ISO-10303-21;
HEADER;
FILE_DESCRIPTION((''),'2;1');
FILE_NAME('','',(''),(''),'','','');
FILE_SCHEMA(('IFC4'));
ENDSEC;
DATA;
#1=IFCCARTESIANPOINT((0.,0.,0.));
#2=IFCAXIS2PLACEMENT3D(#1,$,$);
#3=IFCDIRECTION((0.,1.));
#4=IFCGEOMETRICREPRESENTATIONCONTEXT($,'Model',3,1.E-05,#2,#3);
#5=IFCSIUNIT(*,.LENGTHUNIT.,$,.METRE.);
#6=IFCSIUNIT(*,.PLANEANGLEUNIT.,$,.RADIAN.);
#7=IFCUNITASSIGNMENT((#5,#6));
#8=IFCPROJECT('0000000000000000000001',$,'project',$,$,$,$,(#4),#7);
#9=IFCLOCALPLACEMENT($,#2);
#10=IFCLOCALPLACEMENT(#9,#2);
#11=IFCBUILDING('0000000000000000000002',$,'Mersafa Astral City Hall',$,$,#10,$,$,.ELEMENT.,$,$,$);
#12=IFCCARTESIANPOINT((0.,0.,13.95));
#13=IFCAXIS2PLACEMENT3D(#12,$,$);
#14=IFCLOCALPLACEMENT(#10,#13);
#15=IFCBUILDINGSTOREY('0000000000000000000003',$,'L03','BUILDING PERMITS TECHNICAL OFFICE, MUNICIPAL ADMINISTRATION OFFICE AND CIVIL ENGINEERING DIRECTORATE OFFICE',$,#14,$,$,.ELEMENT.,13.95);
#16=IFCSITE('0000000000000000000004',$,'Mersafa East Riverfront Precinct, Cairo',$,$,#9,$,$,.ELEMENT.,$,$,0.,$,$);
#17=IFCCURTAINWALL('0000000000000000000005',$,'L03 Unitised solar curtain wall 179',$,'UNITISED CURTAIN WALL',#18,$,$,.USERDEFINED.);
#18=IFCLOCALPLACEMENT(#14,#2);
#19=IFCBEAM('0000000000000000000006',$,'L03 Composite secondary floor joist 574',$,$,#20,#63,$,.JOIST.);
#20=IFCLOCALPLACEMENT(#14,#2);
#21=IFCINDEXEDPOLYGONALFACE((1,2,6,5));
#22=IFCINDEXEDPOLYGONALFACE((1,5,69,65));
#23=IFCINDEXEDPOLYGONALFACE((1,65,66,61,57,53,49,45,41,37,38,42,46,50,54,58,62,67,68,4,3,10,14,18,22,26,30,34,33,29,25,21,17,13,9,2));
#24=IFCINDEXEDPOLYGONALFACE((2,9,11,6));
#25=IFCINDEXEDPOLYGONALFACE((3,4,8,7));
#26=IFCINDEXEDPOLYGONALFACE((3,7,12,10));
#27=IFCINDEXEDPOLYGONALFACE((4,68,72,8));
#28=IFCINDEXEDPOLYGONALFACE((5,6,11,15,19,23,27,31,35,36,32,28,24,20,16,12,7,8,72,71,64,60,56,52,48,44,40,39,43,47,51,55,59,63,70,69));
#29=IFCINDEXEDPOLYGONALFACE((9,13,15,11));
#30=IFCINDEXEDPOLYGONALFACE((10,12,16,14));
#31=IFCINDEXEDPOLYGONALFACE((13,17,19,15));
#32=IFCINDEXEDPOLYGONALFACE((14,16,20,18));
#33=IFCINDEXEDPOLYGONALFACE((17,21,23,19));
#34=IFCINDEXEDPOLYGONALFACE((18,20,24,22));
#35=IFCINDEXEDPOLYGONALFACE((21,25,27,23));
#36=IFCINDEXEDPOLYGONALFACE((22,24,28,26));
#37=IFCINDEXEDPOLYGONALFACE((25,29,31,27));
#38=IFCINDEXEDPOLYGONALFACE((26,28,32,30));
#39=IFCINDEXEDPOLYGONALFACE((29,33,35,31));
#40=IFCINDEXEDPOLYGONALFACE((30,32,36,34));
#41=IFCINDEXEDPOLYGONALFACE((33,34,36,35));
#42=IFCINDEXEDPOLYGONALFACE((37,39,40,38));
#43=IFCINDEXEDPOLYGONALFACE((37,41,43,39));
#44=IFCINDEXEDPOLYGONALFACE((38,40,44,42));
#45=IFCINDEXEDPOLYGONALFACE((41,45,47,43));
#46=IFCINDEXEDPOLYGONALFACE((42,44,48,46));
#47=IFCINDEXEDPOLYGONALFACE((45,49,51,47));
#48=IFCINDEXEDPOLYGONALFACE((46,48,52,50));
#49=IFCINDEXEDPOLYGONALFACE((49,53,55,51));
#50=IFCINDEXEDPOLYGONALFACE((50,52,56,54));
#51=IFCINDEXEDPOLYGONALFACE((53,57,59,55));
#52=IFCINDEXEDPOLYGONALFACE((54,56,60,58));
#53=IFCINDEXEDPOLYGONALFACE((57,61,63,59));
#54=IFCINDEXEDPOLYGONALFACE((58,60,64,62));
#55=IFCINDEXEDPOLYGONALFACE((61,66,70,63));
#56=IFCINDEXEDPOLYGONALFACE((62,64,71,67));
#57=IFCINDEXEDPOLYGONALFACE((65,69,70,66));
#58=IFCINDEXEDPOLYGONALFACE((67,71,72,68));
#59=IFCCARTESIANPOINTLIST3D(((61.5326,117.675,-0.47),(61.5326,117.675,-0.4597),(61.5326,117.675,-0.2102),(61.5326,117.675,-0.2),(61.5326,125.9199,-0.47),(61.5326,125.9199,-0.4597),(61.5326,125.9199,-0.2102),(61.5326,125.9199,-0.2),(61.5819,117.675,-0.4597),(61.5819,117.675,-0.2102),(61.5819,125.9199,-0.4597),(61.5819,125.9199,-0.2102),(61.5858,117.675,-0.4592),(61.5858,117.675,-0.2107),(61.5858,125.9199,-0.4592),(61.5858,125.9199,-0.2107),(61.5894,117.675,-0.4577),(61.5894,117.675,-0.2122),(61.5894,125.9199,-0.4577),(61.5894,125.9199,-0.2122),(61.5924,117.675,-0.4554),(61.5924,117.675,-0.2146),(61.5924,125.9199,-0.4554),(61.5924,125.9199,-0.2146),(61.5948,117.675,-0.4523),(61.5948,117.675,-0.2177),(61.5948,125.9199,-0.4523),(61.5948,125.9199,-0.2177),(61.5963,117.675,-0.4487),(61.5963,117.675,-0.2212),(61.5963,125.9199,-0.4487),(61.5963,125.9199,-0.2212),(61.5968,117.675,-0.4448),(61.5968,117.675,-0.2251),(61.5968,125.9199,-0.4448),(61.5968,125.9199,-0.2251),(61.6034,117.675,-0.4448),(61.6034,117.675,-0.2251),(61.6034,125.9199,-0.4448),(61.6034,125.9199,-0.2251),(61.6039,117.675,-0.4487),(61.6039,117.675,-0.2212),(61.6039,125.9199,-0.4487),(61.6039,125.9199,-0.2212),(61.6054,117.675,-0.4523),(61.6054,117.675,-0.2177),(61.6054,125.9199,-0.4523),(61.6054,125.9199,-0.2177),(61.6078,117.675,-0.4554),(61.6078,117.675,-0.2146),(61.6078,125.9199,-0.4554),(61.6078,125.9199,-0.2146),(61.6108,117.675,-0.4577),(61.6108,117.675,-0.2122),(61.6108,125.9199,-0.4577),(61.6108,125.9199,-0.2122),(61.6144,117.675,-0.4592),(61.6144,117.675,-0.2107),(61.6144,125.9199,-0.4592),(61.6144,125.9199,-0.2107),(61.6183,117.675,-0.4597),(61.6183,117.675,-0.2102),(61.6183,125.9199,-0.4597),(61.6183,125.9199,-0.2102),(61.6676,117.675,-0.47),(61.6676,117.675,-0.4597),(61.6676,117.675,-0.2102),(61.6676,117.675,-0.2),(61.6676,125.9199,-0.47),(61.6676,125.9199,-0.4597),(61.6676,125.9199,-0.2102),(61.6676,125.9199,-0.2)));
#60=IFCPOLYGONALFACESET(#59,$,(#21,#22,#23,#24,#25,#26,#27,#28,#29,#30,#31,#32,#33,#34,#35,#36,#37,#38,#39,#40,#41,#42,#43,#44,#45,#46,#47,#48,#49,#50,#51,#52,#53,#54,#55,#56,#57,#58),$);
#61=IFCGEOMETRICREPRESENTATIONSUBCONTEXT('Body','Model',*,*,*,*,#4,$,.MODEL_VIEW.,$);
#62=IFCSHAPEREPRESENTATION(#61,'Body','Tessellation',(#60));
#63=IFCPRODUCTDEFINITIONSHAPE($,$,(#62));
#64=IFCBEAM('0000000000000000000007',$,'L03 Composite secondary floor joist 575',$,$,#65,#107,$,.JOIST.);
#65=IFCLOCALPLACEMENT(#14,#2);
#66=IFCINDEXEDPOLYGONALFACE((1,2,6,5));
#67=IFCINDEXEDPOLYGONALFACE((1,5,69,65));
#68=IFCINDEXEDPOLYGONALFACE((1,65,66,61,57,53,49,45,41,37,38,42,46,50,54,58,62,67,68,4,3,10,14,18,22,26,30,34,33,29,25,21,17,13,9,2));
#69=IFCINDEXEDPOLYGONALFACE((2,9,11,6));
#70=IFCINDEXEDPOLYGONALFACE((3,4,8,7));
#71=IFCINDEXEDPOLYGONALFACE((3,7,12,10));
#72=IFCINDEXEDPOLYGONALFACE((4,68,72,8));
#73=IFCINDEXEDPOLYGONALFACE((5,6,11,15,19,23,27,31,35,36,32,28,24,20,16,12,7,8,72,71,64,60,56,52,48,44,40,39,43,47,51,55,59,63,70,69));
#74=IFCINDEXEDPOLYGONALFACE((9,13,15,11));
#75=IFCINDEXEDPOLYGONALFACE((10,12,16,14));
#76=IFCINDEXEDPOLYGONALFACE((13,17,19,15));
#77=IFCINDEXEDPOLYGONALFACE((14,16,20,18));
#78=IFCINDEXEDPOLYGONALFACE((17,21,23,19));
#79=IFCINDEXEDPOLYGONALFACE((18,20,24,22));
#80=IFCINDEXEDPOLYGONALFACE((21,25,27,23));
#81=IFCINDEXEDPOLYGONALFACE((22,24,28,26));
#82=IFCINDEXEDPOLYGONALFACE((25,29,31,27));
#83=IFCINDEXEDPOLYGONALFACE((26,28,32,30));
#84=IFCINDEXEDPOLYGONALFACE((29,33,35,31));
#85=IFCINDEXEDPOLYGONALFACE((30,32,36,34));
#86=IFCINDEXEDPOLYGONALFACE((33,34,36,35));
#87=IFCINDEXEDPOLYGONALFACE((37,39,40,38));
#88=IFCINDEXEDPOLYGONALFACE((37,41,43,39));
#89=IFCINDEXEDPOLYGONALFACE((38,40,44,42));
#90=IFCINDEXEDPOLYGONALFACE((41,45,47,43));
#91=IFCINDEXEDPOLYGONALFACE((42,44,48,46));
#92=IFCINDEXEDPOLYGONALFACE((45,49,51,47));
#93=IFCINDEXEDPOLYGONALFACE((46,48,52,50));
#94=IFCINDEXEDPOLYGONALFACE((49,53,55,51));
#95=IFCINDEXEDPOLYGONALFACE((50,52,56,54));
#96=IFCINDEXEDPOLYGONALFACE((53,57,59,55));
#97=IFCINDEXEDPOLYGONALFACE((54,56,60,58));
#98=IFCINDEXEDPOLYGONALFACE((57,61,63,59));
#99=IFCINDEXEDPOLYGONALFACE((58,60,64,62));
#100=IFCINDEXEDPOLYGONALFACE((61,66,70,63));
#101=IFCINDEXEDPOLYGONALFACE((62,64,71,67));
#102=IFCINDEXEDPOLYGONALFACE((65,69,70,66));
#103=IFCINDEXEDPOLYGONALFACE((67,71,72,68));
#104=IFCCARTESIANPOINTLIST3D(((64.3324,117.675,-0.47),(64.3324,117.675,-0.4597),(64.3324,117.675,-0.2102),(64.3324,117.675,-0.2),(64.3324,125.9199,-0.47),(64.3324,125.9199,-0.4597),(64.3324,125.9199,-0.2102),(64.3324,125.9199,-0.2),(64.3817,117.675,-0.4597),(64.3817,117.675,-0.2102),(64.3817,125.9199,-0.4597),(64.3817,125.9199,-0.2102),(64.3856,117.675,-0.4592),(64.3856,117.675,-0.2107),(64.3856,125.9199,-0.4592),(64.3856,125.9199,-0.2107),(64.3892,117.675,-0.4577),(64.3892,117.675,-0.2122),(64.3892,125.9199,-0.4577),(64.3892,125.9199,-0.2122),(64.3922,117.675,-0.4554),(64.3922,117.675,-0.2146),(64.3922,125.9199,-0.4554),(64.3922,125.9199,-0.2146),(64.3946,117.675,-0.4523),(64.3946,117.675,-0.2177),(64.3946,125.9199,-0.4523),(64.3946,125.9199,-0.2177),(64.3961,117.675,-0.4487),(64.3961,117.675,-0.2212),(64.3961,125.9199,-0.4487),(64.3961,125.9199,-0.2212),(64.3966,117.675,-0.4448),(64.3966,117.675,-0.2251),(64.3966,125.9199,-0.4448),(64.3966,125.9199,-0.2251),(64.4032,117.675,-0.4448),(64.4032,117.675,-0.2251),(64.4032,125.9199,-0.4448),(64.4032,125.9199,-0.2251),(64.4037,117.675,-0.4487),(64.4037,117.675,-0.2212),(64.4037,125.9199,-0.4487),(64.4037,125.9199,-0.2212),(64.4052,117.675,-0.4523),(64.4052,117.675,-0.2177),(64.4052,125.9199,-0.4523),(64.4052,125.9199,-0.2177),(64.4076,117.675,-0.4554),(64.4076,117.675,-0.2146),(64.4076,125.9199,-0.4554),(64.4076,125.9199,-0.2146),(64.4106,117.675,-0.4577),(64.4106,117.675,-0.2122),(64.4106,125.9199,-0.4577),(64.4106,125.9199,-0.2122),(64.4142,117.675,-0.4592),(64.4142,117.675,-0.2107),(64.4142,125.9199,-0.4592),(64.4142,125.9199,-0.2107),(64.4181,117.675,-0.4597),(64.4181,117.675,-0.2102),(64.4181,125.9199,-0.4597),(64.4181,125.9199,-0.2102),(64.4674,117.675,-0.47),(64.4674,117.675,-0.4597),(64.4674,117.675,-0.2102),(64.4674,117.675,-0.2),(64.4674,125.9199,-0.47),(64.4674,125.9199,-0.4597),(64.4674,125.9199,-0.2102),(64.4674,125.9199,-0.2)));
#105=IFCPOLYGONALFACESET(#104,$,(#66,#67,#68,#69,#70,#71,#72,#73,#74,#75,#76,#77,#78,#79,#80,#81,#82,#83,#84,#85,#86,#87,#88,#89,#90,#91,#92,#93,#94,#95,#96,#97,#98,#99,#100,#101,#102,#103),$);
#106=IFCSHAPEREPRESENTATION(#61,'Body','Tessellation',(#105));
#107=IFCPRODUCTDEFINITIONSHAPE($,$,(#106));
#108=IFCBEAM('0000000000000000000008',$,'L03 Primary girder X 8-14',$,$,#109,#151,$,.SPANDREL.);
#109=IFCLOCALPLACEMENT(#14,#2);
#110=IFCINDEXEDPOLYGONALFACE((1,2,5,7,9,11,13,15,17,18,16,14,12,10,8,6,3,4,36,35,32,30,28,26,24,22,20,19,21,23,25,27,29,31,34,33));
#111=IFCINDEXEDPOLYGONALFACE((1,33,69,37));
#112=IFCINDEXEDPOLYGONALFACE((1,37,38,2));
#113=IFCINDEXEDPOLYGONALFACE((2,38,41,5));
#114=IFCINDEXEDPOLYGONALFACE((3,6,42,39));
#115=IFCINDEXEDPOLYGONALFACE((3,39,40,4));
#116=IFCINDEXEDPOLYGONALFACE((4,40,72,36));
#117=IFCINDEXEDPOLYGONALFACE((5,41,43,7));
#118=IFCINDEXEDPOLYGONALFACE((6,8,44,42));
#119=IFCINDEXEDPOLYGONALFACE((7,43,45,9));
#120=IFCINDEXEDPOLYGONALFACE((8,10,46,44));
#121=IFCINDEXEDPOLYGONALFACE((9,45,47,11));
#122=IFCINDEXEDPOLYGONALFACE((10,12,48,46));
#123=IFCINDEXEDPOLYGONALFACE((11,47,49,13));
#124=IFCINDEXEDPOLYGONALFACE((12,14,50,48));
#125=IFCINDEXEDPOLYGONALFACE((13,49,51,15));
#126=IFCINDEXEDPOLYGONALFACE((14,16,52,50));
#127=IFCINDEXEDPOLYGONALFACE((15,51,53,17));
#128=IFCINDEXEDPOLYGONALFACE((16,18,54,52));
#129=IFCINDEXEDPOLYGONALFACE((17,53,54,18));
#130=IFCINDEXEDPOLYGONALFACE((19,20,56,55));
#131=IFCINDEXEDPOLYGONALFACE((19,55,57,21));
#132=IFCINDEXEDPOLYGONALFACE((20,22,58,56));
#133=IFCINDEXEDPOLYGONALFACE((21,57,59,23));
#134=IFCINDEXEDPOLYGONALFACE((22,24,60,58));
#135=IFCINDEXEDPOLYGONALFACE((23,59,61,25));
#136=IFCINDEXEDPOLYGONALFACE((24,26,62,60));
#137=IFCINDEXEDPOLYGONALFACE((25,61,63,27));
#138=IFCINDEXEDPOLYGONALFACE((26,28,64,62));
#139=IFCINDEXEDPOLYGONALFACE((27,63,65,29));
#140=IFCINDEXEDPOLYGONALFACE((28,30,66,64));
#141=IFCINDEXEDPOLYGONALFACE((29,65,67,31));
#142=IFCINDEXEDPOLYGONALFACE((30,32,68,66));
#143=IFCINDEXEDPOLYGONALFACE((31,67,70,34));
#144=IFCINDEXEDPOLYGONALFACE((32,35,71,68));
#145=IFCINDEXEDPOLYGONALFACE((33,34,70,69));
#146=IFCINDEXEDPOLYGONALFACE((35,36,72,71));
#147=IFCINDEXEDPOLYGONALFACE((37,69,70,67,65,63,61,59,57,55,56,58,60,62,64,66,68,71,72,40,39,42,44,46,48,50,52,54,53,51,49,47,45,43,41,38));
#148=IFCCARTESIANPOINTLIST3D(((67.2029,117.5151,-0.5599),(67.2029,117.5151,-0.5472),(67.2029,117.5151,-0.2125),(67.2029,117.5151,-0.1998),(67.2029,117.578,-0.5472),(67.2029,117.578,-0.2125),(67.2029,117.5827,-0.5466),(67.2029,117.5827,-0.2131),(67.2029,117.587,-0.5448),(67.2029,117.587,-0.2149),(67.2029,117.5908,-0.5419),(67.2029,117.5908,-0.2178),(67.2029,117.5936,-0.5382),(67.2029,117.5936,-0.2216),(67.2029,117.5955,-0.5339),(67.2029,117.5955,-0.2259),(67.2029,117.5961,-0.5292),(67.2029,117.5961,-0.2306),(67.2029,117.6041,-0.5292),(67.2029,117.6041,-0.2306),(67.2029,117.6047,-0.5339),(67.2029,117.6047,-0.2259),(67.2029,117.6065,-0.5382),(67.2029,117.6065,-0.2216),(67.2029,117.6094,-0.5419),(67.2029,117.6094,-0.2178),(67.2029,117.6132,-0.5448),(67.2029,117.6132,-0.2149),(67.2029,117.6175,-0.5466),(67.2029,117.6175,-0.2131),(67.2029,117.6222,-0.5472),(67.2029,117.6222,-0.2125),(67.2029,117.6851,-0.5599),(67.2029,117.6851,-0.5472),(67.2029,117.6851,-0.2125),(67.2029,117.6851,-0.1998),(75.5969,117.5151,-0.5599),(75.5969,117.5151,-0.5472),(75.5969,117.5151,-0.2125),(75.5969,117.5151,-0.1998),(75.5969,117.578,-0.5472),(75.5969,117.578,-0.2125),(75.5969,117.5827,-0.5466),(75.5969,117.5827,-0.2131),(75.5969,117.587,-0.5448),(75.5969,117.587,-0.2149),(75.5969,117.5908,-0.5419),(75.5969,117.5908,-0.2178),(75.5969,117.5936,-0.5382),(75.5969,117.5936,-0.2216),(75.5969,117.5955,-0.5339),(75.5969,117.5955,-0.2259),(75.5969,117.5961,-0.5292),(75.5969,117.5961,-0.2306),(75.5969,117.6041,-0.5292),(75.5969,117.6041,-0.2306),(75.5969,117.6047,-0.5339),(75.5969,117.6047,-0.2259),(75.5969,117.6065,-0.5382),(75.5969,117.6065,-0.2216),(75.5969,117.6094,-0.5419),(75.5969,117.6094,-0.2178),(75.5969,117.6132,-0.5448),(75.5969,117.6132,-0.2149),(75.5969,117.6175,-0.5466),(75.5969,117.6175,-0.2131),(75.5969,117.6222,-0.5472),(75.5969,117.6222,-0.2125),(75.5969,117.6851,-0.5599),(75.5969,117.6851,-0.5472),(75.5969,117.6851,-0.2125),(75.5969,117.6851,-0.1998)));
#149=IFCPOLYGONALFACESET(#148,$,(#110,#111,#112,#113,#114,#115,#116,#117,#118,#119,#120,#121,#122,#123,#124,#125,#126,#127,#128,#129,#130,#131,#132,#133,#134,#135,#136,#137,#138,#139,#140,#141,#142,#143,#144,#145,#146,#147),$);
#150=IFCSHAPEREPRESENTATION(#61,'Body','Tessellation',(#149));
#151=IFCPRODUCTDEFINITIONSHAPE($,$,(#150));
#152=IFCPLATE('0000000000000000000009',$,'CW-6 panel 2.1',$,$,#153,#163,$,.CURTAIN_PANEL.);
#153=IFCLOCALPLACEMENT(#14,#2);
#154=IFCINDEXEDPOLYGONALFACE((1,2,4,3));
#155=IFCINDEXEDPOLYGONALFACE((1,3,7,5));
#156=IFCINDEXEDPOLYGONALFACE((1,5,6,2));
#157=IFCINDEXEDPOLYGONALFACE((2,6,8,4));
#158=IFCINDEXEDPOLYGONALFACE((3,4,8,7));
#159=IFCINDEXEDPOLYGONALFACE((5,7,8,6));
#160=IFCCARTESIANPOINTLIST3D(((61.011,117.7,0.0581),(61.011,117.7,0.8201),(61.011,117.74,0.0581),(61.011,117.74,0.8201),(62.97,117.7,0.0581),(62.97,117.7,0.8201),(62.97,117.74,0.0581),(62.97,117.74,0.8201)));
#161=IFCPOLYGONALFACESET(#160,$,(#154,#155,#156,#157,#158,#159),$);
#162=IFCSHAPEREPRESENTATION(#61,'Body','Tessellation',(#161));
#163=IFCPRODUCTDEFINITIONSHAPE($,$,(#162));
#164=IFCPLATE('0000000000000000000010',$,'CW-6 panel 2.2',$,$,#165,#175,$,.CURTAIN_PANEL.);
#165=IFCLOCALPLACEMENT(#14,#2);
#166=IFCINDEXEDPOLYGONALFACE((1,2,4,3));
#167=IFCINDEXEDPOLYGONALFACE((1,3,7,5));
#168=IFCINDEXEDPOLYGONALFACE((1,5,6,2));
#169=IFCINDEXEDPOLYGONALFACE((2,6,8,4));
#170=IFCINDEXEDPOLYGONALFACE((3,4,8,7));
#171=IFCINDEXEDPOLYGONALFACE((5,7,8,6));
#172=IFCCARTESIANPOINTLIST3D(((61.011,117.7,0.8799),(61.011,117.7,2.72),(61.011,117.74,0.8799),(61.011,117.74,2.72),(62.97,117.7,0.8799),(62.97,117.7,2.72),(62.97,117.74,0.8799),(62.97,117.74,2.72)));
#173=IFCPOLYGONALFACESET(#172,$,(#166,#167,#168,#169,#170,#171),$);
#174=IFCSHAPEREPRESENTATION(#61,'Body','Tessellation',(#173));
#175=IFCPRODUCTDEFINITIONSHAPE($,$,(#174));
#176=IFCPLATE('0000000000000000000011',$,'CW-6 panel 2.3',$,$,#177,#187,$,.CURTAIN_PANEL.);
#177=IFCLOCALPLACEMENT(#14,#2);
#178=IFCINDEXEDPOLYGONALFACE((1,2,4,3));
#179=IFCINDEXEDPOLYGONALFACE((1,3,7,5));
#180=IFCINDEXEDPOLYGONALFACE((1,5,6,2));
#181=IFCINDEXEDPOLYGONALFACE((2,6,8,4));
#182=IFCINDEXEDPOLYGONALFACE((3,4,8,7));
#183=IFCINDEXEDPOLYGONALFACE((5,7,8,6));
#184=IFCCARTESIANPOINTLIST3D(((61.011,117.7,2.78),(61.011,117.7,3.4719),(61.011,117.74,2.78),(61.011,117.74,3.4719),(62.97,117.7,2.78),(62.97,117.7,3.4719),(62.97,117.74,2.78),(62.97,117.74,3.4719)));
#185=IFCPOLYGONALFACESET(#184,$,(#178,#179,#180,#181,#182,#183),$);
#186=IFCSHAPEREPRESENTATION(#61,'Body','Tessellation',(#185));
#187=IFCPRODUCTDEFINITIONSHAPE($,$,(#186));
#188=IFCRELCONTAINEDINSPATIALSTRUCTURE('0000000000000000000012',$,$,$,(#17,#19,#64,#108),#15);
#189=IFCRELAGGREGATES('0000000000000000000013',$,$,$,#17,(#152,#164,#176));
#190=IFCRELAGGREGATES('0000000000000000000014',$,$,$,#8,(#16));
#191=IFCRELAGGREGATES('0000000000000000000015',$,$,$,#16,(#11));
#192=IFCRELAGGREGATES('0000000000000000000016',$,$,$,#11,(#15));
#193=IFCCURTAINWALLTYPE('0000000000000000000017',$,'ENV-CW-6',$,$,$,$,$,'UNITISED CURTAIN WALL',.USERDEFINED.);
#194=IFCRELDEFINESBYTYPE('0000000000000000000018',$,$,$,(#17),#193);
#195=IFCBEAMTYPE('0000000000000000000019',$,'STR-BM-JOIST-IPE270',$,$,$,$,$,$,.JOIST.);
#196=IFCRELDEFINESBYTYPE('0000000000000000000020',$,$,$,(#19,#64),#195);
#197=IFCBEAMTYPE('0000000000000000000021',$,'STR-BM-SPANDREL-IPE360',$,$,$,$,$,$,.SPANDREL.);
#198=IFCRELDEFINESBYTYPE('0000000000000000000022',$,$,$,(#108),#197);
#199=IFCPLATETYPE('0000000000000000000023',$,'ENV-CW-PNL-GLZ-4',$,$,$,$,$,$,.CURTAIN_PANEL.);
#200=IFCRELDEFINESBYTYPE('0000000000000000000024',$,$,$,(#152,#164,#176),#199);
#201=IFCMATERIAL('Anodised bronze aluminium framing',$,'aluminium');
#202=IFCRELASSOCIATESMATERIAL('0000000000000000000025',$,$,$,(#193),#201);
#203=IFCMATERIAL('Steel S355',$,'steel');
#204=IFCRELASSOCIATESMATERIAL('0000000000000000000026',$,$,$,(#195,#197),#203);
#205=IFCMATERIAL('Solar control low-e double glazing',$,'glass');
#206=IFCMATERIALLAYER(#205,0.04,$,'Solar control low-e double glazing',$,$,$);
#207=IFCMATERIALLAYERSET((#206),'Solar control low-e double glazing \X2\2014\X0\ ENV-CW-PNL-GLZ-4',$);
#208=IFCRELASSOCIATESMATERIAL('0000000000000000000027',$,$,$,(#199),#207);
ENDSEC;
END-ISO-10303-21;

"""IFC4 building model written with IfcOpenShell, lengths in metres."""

from ifc_helpers import new_model, si_unit, direction, frame, origin, origin_2d, place, context, subcontext, project, spatial, rectangle, i_section, extrude, material, layer, layer_set, material_profile, profile_set, type_object, element, aggregate, save


model = new_model("IFC4")

# Units and contexts
model_context = context("Model", 3, precision=1e-05, world=origin(), true_north=direction((0.0, 1.0)))
body_context = subcontext(model_context, "Body", "Model", "MODEL_VIEW")
ifc_project = project(units=[si_unit("LENGTHUNIT", "METRE"), si_unit("PLANEANGLEUNIT", "RADIAN")], contexts=[model_context])

# Site, building, storey
site_placement = place(None, origin())
site = spatial("IfcSite", under=ifc_project, at=site_placement, Name="Mersafa East Riverfront Precinct, Cairo", CompositionType="ELEMENT", RefElevation=0.0)
building_placement = place(site_placement, origin())
building = spatial("IfcBuilding", under=site, at=building_placement, Name="Mersafa Astral City Hall", CompositionType="ELEMENT")
storey_placement = place(building_placement, frame((0.0, 0.0, 13.95)))
storey = spatial("IfcBuildingStorey", under=building, at=storey_placement, Name="L03", Description="BUILDING PERMITS TECHNICAL OFFICE, MUNICIPAL ADMINISTRATION OFFICE AND CIVIL ENGINEERING DIRECTORATE OFFICE", CompositionType="ELEMENT", Elevation=13.95)

# Shared definitions
ifc_material_1 = material(Name="Steel S355", Category="steel")

# Curtain wall
ifc_material_2 = material(Name="Anodised bronze aluminium framing", Category="aluminium")
curtain_wall_type = type_object("IfcCurtainWallType", Name="ENV-CW-6", ElementType="UNITISED CURTAIN WALL", PredefinedType="USERDEFINED", material=ifc_material_2)
curtain_wall_placement = place(storey_placement, origin())
curtain_wall = element("IfcCurtainWall", 1, at=curtain_wall_placement, inside=storey, type_object=curtain_wall_type, Name="L03 Unitised solar curtain wall 179", ObjectType="UNITISED CURTAIN WALL", PredefinedType="USERDEFINED")

# Beams
ifc_material_profile_1 = material_profile(ifc_material_1, i_section(OverallWidth=0.135, OverallDepth=0.27, WebThickness=0.0066, FlangeThickness=0.0103, FilletRadius=0.0149, at=origin_2d()), Name="IPE 270")
ifc_profile_set_1 = profile_set([ifc_material_profile_1], Name="Steel S355")
beam_type_1 = type_object("IfcBeamType", Name="STR-BM-JOIST-IPE270", PredefinedType="JOIST", material=ifc_profile_set_1)
for number, where, z_axis, x_axis, name in (
    (2, (61.6001, 117.675, -0.335), (0.0, 1.0, 0.0), (-1.0, 0.0, 0.0), "L03 Composite secondary floor joist 574"),
    (3, (64.3999, 117.675, -0.335), (0.0, 1.0, 0.0), (-1.0, 0.0, 0.0), "L03 Composite secondary floor joist 575"),
):
    element("IfcBeam", number, at=place(storey_placement, frame(where, z_axis=z_axis, x_axis=x_axis)), inside=storey, type_object=beam_type_1, Name=name, PredefinedType="JOIST", context=body_context, shape_type="SweptSolid", body=[
        extrude(i_section(OverallWidth=0.135, OverallDepth=0.27, WebThickness=0.0066, FlangeThickness=0.0103, FilletRadius=0.0149, at=origin_2d()), origin(), (0.0, 0.0, 1.0), 8.2449),
    ])
ifc_material_profile_2 = material_profile(ifc_material_1, i_section(OverallWidth=0.1699, OverallDepth=0.3601, WebThickness=0.0081, FlangeThickness=0.0127, FilletRadius=0.0181, at=origin_2d()), Name="IPE 360")
ifc_profile_set_2 = profile_set([ifc_material_profile_2], Name="Steel S355")
beam_type_2 = type_object("IfcBeamType", Name="STR-BM-SPANDREL-IPE360", PredefinedType="SPANDREL", material=ifc_profile_set_2)
beam_placement = place(storey_placement, frame((67.2029, 117.6001, -0.3799), z_axis=(1.0, 0.0, 0.0), x_axis=(0.0, 1.0, 0.0)))
element("IfcBeam", 4, at=beam_placement, inside=storey, type_object=beam_type_2, Name="L03 Primary girder X 8-14", PredefinedType="SPANDREL", context=body_context, shape_type="SweptSolid", body=[
    extrude(i_section(OverallWidth=0.1699, OverallDepth=0.3601, WebThickness=0.0081, FlangeThickness=0.0127, FilletRadius=0.0181, at=origin_2d()), origin(), (0.0, 0.0, 1.0), 8.394),
])

# Plates
ifc_material_3 = material(Name="Solar control low-e double glazing", Category="glass")
ifc_layer_1 = layer(ifc_material_3, 0.04, Name="Solar control low-e double glazing")
ifc_layer_set_1 = layer_set([ifc_layer_1], Name="Solar control low-e double glazing — ENV-CW-PNL-GLZ-4")
plate_type = type_object("IfcPlateType", Name="ENV-CW-PNL-GLZ-4", PredefinedType="CURTAIN_PANEL", material=ifc_layer_set_1)
plate_1_placement = place(storey_placement, frame((61.9905, 117.72, 0.0581), z_axis=(0.0, 0.0, 1.0), x_axis=(1.0, 0.0, 0.0)))
plate_1 = element("IfcPlate", 5, at=plate_1_placement, type_object=plate_type, Name="CW-6 panel 2.1", PredefinedType="CURTAIN_PANEL", context=body_context, shape_type="SweptSolid", body=[
    extrude(rectangle(XDim=1.959, YDim=0.04, at=origin_2d()), origin(), (0.0, 0.0, 1.0), 0.762),
])
plate_2_placement = place(storey_placement, frame((61.9905, 117.72, 0.8799), z_axis=(0.0, 0.0, 1.0), x_axis=(1.0, 0.0, 0.0)))
plate_2 = element("IfcPlate", 6, at=plate_2_placement, type_object=plate_type, Name="CW-6 panel 2.2", PredefinedType="CURTAIN_PANEL", context=body_context, shape_type="SweptSolid", body=[
    extrude(rectangle(XDim=1.959, YDim=0.04, at=origin_2d()), origin(), (0.0, 0.0, 1.0), 1.8401),
])
plate_3_placement = place(storey_placement, frame((61.9905, 117.72, 2.78), z_axis=(0.0, 0.0, 1.0), x_axis=(1.0, 0.0, 0.0)))
plate_3 = element("IfcPlate", 7, at=plate_3_placement, type_object=plate_type, Name="CW-6 panel 2.3", PredefinedType="CURTAIN_PANEL", context=body_context, shape_type="SweptSolid", body=[
    extrude(rectangle(XDim=1.959, YDim=0.04, at=origin_2d()), origin(), (0.0, 0.0, 1.0), 0.6919),
])
aggregate(curtain_wall, [plate_1, plate_2, plate_3])

save(model, "model.ifc")
